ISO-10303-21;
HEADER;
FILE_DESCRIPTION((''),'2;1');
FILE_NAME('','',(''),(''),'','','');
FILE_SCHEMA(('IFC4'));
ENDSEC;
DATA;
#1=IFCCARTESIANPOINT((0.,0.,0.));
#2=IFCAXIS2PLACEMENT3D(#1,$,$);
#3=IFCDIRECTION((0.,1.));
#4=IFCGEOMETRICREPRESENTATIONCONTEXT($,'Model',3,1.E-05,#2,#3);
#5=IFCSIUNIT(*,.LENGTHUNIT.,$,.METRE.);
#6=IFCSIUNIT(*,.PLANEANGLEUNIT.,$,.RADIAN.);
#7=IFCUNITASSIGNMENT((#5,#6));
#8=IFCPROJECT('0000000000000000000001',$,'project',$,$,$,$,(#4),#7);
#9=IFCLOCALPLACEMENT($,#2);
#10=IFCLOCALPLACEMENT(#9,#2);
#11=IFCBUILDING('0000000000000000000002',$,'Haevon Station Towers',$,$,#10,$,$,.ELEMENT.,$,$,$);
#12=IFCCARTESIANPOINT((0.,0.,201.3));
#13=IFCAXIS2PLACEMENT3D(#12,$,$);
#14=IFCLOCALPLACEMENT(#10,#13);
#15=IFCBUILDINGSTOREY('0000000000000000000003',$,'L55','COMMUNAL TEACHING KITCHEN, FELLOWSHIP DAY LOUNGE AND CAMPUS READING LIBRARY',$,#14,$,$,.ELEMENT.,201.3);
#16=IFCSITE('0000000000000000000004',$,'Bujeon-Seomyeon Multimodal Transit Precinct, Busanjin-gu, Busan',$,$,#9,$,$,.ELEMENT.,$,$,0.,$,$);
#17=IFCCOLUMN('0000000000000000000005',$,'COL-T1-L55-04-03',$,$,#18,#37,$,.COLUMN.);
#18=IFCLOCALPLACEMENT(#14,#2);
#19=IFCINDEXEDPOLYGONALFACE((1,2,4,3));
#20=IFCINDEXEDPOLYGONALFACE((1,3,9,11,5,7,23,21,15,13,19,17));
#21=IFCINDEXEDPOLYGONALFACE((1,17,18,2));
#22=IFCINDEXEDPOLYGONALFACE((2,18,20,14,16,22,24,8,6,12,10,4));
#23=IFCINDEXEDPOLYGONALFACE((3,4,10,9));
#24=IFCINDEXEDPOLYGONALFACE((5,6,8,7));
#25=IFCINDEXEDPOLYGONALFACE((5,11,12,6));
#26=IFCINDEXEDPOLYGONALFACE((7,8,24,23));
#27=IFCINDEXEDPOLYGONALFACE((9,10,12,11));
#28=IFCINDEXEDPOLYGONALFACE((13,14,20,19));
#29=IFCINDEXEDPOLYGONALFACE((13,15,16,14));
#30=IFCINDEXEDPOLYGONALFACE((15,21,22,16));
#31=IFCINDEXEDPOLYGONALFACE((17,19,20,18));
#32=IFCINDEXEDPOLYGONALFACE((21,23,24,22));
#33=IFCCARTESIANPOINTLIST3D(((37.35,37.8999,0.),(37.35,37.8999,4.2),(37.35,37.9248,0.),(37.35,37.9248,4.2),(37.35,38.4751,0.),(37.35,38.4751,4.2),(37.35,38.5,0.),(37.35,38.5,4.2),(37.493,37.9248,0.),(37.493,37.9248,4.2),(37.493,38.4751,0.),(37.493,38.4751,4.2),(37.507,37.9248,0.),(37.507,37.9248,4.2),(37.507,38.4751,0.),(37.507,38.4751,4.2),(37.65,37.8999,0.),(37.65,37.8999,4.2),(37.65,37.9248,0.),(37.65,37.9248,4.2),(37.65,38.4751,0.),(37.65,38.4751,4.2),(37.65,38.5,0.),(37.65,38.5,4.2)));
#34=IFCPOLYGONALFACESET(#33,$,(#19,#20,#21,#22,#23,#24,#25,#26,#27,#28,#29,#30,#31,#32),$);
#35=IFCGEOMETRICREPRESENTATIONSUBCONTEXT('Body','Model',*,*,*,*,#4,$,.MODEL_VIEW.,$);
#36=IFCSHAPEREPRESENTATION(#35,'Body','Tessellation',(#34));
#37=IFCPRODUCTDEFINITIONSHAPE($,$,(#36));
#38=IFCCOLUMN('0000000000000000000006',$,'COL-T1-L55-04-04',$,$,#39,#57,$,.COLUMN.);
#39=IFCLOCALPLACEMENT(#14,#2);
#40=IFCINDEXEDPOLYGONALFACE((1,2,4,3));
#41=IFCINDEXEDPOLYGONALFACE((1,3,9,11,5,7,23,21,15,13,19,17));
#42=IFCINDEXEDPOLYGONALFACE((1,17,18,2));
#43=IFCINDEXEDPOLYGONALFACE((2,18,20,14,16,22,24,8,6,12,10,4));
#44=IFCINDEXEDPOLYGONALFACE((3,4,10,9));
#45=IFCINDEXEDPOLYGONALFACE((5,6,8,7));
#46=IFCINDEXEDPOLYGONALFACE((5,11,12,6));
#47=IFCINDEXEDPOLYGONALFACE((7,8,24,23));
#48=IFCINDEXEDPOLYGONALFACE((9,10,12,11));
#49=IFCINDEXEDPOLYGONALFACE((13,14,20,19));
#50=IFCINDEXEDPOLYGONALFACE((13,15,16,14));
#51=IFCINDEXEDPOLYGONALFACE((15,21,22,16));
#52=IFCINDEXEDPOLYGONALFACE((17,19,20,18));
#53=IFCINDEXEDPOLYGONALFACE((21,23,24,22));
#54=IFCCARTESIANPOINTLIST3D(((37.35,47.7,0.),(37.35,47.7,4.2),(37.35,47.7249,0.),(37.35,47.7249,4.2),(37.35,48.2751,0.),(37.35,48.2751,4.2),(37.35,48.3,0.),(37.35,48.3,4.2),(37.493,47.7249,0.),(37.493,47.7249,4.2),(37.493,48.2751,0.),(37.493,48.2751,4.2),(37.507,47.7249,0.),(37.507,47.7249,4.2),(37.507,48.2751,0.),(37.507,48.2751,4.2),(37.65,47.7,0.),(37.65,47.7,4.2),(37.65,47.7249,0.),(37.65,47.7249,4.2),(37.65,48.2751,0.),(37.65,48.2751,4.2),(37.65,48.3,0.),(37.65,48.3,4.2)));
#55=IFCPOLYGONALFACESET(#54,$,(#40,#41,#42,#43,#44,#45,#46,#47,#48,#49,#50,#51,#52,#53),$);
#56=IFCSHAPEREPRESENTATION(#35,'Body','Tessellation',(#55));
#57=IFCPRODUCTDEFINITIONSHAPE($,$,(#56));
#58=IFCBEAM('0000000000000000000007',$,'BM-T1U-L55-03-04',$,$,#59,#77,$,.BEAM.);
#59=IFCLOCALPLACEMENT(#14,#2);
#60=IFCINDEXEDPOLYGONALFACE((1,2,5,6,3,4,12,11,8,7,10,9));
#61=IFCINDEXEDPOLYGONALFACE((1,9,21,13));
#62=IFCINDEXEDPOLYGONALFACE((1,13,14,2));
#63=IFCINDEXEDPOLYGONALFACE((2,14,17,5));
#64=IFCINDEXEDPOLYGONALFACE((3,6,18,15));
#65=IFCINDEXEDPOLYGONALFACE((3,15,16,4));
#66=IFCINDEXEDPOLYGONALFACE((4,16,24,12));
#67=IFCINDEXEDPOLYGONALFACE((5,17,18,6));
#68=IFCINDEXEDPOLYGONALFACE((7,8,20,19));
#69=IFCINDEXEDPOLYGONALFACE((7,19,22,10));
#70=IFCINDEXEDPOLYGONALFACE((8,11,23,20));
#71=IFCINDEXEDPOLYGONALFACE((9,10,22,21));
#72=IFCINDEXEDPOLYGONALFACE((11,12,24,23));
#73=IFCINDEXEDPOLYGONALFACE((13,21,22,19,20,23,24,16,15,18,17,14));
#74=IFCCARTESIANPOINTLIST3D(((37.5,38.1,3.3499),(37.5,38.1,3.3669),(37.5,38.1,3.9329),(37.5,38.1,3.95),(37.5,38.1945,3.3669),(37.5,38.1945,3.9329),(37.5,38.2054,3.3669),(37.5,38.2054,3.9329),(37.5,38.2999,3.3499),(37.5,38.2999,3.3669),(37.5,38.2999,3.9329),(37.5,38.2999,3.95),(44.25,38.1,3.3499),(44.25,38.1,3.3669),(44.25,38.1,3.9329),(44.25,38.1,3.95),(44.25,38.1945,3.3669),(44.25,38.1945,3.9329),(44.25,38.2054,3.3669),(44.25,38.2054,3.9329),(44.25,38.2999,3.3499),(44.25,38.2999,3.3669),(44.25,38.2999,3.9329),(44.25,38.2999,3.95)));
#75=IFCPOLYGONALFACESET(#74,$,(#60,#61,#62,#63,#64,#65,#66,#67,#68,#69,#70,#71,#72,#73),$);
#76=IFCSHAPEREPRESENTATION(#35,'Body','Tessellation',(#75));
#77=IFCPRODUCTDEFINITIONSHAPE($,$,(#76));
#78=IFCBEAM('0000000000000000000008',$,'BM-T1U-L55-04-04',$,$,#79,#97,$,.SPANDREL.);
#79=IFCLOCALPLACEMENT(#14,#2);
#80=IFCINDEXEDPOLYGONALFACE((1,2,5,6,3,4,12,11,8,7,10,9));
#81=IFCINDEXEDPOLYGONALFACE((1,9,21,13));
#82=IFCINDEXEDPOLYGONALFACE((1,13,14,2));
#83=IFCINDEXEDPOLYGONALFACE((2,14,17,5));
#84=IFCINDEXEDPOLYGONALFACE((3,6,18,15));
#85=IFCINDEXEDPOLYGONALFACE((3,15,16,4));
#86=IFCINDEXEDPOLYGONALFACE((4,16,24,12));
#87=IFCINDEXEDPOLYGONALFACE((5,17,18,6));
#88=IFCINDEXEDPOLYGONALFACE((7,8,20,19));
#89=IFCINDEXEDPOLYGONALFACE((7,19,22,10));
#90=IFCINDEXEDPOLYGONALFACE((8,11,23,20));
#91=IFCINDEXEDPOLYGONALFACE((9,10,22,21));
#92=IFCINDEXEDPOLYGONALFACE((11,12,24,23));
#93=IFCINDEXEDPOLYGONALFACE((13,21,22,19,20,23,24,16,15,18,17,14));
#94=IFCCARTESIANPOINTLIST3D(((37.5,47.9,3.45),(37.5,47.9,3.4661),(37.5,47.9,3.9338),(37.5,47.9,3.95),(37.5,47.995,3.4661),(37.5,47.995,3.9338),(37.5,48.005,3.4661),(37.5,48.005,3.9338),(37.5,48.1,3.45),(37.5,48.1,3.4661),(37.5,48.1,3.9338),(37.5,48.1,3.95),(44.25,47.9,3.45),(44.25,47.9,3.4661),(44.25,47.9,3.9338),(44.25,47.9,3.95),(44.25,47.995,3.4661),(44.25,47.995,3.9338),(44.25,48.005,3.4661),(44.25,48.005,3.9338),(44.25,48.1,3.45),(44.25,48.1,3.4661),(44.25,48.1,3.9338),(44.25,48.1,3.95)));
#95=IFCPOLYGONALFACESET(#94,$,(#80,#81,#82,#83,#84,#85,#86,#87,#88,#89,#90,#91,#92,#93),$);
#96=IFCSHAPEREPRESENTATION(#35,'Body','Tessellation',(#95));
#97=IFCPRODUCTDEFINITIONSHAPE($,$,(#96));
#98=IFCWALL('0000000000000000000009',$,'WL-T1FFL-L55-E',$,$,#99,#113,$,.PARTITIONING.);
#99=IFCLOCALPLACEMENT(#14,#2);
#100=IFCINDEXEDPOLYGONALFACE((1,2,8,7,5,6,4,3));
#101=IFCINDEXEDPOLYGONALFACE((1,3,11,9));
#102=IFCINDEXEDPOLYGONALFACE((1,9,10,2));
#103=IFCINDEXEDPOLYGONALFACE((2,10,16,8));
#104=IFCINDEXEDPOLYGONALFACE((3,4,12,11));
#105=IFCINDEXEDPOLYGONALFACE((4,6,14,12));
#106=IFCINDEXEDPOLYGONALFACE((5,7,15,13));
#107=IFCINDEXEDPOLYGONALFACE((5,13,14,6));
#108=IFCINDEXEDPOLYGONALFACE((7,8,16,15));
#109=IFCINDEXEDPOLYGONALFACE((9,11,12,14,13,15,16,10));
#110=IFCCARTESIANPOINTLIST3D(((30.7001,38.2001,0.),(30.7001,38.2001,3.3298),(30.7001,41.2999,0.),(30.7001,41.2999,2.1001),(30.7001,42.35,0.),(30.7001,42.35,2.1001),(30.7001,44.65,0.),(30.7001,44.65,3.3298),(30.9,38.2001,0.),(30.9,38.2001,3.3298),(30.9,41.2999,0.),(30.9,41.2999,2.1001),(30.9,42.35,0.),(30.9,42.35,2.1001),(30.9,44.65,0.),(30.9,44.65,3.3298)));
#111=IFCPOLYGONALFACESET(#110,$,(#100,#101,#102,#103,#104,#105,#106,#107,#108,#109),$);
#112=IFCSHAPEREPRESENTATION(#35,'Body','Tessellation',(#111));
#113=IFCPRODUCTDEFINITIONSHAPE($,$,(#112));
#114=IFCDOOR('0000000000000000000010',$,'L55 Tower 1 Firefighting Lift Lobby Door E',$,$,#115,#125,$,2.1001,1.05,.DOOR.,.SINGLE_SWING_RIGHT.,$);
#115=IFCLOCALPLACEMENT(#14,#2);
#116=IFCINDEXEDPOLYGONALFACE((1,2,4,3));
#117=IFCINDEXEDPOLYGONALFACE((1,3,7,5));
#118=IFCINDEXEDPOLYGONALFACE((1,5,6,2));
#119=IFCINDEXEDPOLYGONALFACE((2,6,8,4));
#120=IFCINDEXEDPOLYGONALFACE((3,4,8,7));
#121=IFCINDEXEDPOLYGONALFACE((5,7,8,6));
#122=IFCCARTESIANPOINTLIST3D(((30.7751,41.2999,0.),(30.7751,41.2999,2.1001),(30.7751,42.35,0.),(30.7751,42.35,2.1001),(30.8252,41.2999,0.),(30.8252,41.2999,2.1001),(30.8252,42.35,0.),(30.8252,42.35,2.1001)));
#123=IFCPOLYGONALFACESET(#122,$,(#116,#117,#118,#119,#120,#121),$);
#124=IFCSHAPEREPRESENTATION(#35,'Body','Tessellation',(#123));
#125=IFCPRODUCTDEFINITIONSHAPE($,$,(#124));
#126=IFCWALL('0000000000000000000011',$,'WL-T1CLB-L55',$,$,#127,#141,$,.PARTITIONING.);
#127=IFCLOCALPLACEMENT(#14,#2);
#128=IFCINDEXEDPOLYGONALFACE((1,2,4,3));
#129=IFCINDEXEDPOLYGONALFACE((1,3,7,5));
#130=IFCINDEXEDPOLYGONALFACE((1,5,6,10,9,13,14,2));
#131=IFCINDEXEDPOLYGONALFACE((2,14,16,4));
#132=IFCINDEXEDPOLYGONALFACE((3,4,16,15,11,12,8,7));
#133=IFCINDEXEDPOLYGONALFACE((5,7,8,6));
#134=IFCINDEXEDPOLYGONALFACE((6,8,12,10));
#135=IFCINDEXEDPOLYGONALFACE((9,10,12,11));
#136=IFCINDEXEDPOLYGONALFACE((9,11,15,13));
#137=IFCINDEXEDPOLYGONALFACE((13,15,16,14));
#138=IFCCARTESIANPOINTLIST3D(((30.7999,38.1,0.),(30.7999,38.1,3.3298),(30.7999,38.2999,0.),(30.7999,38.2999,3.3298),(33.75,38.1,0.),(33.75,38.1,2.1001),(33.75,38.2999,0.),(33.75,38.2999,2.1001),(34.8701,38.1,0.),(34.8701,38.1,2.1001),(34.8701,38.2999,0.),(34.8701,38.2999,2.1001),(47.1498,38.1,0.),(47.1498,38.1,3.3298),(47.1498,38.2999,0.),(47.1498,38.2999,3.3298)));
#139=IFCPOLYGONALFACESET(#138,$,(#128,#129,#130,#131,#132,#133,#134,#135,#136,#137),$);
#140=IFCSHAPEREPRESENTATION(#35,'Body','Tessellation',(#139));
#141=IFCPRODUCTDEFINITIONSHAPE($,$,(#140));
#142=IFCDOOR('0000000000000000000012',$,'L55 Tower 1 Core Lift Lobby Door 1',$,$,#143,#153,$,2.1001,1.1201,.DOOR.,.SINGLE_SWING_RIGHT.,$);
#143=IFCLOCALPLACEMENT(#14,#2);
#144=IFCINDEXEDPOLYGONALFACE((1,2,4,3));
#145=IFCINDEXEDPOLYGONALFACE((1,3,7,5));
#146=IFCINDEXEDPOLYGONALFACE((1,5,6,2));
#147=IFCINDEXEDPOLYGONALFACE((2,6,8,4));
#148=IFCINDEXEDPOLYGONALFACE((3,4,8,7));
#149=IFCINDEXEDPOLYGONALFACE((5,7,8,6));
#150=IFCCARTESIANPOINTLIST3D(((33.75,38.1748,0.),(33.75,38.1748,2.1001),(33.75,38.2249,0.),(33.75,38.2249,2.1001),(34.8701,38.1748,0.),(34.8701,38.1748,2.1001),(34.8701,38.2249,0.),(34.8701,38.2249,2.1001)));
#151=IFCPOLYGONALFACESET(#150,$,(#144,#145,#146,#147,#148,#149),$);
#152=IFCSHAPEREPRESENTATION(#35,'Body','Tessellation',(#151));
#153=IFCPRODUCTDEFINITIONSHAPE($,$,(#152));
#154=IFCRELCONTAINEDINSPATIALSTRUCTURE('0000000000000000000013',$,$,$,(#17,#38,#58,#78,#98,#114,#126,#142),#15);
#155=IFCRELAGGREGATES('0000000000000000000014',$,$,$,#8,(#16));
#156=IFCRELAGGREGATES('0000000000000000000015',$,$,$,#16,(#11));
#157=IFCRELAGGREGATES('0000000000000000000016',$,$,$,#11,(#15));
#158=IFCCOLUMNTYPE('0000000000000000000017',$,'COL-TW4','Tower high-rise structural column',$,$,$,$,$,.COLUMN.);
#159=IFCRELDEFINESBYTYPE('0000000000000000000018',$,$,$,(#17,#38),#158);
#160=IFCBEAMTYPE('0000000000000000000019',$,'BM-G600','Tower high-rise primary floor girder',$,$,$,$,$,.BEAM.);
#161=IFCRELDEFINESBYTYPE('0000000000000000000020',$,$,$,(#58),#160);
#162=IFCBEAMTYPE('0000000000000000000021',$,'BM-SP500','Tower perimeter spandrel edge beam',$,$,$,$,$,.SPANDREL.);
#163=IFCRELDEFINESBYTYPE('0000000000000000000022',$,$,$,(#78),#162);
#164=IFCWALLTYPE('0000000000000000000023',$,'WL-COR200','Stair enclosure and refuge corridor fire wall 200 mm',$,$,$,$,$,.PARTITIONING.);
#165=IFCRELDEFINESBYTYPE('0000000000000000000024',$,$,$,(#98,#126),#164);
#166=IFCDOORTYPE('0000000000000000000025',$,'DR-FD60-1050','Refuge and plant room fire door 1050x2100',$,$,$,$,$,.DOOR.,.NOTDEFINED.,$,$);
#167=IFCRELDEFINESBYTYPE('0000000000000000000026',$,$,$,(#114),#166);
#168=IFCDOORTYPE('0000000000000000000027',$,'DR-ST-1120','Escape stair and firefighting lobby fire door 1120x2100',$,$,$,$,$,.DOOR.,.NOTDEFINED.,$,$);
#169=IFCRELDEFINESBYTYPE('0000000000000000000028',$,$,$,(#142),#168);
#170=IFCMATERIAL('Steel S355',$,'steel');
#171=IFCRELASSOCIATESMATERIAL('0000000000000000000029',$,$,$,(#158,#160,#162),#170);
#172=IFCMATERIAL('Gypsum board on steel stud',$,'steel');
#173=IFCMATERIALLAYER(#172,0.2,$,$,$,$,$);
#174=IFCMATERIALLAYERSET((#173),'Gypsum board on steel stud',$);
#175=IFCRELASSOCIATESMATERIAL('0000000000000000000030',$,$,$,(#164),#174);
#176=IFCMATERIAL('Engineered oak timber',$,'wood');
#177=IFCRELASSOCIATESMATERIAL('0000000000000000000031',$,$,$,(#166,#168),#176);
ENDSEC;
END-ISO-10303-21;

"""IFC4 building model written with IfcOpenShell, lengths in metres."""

from ifc_helpers import new_model, si_unit, direction, frame, frame_2d, origin, origin_2d, place, context, subcontext, project, spatial, rectangle, i_section, extrude, material, layer, layer_set, material_profile, profile_set, type_object, element, fill, save


model = new_model("IFC4")

# Units and contexts
model_context = context("Model", 3, precision=1e-05, world=origin(), true_north=direction((0.0, 1.0)))
body_context = subcontext(model_context, "Body", "Model", "MODEL_VIEW")
ifc_project = project(units=[si_unit("LENGTHUNIT", "METRE"), si_unit("PLANEANGLEUNIT", "RADIAN")], contexts=[model_context])

# Site, building, storey
site_placement = place(None, origin())
site = spatial("IfcSite", under=ifc_project, at=site_placement, Name="Bujeon-Seomyeon Multimodal Transit Precinct, Busanjin-gu, Busan", CompositionType="ELEMENT", RefElevation=0.0)
building_placement = place(site_placement, origin())
building = spatial("IfcBuilding", under=site, at=building_placement, Name="Haevon Station Towers", CompositionType="ELEMENT")
storey_placement = place(building_placement, frame((0.0, 0.0, 201.3)))
storey = spatial("IfcBuildingStorey", under=building, at=storey_placement, Name="L55", Description="COMMUNAL TEACHING KITCHEN, FELLOWSHIP DAY LOUNGE AND CAMPUS READING LIBRARY", CompositionType="ELEMENT", Elevation=201.3)

# Columns
ifc_material_1 = material(Name="Steel S355", Category="steel")
ifc_material_profile_1 = material_profile(ifc_material_1, i_section(OverallWidth=0.3, OverallDepth=0.6001, WebThickness=0.0139, FlangeThickness=0.0249, at=origin_2d()), Name="H-600x300x14x25")
ifc_profile_set_1 = profile_set([ifc_material_profile_1], Name="Steel S355")
column_type = type_object("IfcColumnType", Name="COL-TW4", Description="Tower high-rise structural column", PredefinedType="COLUMN", material=ifc_profile_set_1)
for number, where, z_axis, x_axis, name in (
    (1, (37.5, 38.2, 0.0), (0.0, 0.0, 1.0), (1.0, 0.0, 0.0), "COL-T1-L55-04-03"),
    (2, (37.5, 48.0, 0.0), (0.0, 0.0, 1.0), (1.0, 0.0, 0.0), "COL-T1-L55-04-04"),
):
    element("IfcColumn", number, at=place(storey_placement, frame(where, z_axis=z_axis, x_axis=x_axis)), inside=storey, type_object=column_type, Name=name, PredefinedType="COLUMN", context=body_context, shape_type="SweptSolid", body=[
        extrude(i_section(OverallWidth=0.3, OverallDepth=0.6001, WebThickness=0.0139, FlangeThickness=0.0249, at=origin_2d()), origin(), (0.0, 0.0, 1.0), 4.2),
    ])

# Beams
ifc_material_profile_2 = material_profile(ifc_material_1, i_section(OverallWidth=0.2, OverallDepth=0.6001, WebThickness=0.011, FlangeThickness=0.0171, at=origin_2d()), Name="H-600x200x11x17")
ifc_profile_set_2 = profile_set([ifc_material_profile_2], Name="Steel S355")
beam_type_1 = type_object("IfcBeamType", Name="BM-G600", Description="Tower high-rise primary floor girder", PredefinedType="BEAM", material=ifc_profile_set_2)
beam_1_placement = place(storey_placement, frame((37.5, 38.2, 3.6499), z_axis=(1.0, 0.0, 0.0), x_axis=(0.0, 1.0, 0.0)))
element("IfcBeam", 3, at=beam_1_placement, inside=storey, type_object=beam_type_1, Name="BM-T1U-L55-03-04", PredefinedType="BEAM", context=body_context, shape_type="SweptSolid", body=[
    extrude(i_section(OverallWidth=0.2, OverallDepth=0.6001, WebThickness=0.011, FlangeThickness=0.0171, at=origin_2d()), origin(), (0.0, 0.0, 1.0), 6.75),
])
ifc_material_profile_3 = material_profile(ifc_material_1, i_section(OverallWidth=0.2, OverallDepth=0.5, WebThickness=0.01, FlangeThickness=0.0161, at=origin_2d()), Name="H-500x200x10x16")
ifc_profile_set_3 = profile_set([ifc_material_profile_3], Name="Steel S355")
beam_type_2 = type_object("IfcBeamType", Name="BM-SP500", Description="Tower perimeter spandrel edge beam", PredefinedType="SPANDREL", material=ifc_profile_set_3)
beam_2_placement = place(storey_placement, frame((37.5, 48.0, 3.7), z_axis=(1.0, 0.0, 0.0), x_axis=(0.0, 1.0, 0.0)))
element("IfcBeam", 4, at=beam_2_placement, inside=storey, type_object=beam_type_2, Name="BM-T1U-L55-04-04", PredefinedType="SPANDREL", context=body_context, shape_type="SweptSolid", body=[
    extrude(i_section(OverallWidth=0.2, OverallDepth=0.5, WebThickness=0.01, FlangeThickness=0.0161, at=origin_2d()), origin(), (0.0, 0.0, 1.0), 6.75),
])

# Walls, openings, doors
ifc_material_2 = material(Name="Gypsum board on steel stud", Category="steel")
ifc_layer_1 = layer(ifc_material_2, 0.2)
ifc_layer_set_1 = layer_set([ifc_layer_1], Name="Gypsum board on steel stud")
wall_type_1 = type_object("IfcWallType", Name="WL-COR200", Description="Stair enclosure and refuge corridor fire wall 200 mm", PredefinedType="PARTITIONING", material=ifc_layer_set_1)
wall_1_placement = place(storey_placement, frame((30.8, 38.2, 0.0), z_axis=(0.0, 0.0, 1.0), x_axis=(0.0, 1.0, 0.0)))
wall_1 = element("IfcWall", 5, at=wall_1_placement, inside=storey, type_object=wall_type_1, Name="WL-T1FFL-L55-E", PredefinedType="PARTITIONING", context=body_context, shape_type="SweptSolid", body=[
    extrude(rectangle(XDim=6.45, YDim=0.2, at=frame_2d((3.2251, 0.0))), origin(), (0.0, 0.0, 1.0), 3.3298),
])
opening_1_placement = place(wall_1_placement, frame((3.1001, 0.0, 0.0)))
opening_1 = element("IfcOpeningElement", 6, at=opening_1_placement, cuts=wall_1, PredefinedType="OPENING", context=body_context, shape_type="SweptSolid", body=[
    extrude(rectangle(XDim=1.05, YDim=2.1001, at=frame_2d((0.5249, 1.05))), frame((0.0, 0.1099, 0.0), z_axis=(0.0, -1.0, 0.0), x_axis=(1.0, 0.0, 0.0)), (0.0, 0.0, 1.0), 0.22),
])
ifc_material_3 = material(Name="Engineered oak timber", Category="wood")
door_type_1 = type_object("IfcDoorType", Name="DR-FD60-1050", Description="Refuge and plant room fire door 1050x2100", OperationType="NOTDEFINED", PredefinedType="DOOR", material=ifc_material_3)
door_1_placement = place(opening_1_placement, origin())
door_1 = element("IfcDoor", 7, at=door_1_placement, inside=storey, type_object=door_type_1, Name="L55 Tower 1 Firefighting Lift Lobby Door E", OperationType="SINGLE_SWING_RIGHT", OverallHeight=2.1001, OverallWidth=1.05, PredefinedType="DOOR", context=body_context, shape_type="SweptSolid", body=[
    extrude(rectangle(XDim=1.05, YDim=2.1001, at=frame_2d((0.5249, 1.05))), frame((0.0, 0.0249, 0.0), z_axis=(0.0, -1.0, 0.0), x_axis=(1.0, 0.0, 0.0)), (0.0, 0.0, 1.0), 0.05),
])
fill(opening_1, door_1)
wall_2_placement = place(storey_placement, frame((30.8, 38.2, 0.0), z_axis=(0.0, 0.0, 1.0), x_axis=(1.0, 0.0, 0.0)))
wall_2 = element("IfcWall", 8, at=wall_2_placement, inside=storey, type_object=wall_type_1, Name="WL-T1CLB-L55", PredefinedType="PARTITIONING", context=body_context, shape_type="SweptSolid", body=[
    extrude(rectangle(XDim=16.3499, YDim=0.2, at=frame_2d((8.1748, 0.0))), origin(), (0.0, 0.0, 1.0), 3.3298),
])
opening_2_placement = place(wall_2_placement, frame((2.95, 0.0, 0.0)))
opening_2 = element("IfcOpeningElement", 9, at=opening_2_placement, cuts=wall_2, PredefinedType="OPENING", context=body_context, shape_type="SweptSolid", body=[
    extrude(rectangle(XDim=1.1201, YDim=2.1001, at=frame_2d((0.5601, 1.05))), frame((0.0, 0.1099, 0.0), z_axis=(0.0, -1.0, 0.0), x_axis=(1.0, 0.0, 0.0)), (0.0, 0.0, 1.0), 0.22),
])
door_type_2 = type_object("IfcDoorType", Name="DR-ST-1120", Description="Escape stair and firefighting lobby fire door 1120x2100", OperationType="NOTDEFINED", PredefinedType="DOOR", material=ifc_material_3)
door_2_placement = place(opening_2_placement, origin())
door_2 = element("IfcDoor", 10, at=door_2_placement, inside=storey, type_object=door_type_2, Name="L55 Tower 1 Core Lift Lobby Door 1", OperationType="SINGLE_SWING_RIGHT", OverallHeight=2.1001, OverallWidth=1.1201, PredefinedType="DOOR", context=body_context, shape_type="SweptSolid", body=[
    extrude(rectangle(XDim=1.1201, YDim=2.1001, at=frame_2d((0.5601, 1.05))), frame((0.0, 0.0249, 0.0), z_axis=(0.0, -1.0, 0.0), x_axis=(1.0, 0.0, 0.0)), (0.0, 0.0, 1.0), 0.05),
])
fill(opening_2, door_2)

save(model, "model.ifc")
